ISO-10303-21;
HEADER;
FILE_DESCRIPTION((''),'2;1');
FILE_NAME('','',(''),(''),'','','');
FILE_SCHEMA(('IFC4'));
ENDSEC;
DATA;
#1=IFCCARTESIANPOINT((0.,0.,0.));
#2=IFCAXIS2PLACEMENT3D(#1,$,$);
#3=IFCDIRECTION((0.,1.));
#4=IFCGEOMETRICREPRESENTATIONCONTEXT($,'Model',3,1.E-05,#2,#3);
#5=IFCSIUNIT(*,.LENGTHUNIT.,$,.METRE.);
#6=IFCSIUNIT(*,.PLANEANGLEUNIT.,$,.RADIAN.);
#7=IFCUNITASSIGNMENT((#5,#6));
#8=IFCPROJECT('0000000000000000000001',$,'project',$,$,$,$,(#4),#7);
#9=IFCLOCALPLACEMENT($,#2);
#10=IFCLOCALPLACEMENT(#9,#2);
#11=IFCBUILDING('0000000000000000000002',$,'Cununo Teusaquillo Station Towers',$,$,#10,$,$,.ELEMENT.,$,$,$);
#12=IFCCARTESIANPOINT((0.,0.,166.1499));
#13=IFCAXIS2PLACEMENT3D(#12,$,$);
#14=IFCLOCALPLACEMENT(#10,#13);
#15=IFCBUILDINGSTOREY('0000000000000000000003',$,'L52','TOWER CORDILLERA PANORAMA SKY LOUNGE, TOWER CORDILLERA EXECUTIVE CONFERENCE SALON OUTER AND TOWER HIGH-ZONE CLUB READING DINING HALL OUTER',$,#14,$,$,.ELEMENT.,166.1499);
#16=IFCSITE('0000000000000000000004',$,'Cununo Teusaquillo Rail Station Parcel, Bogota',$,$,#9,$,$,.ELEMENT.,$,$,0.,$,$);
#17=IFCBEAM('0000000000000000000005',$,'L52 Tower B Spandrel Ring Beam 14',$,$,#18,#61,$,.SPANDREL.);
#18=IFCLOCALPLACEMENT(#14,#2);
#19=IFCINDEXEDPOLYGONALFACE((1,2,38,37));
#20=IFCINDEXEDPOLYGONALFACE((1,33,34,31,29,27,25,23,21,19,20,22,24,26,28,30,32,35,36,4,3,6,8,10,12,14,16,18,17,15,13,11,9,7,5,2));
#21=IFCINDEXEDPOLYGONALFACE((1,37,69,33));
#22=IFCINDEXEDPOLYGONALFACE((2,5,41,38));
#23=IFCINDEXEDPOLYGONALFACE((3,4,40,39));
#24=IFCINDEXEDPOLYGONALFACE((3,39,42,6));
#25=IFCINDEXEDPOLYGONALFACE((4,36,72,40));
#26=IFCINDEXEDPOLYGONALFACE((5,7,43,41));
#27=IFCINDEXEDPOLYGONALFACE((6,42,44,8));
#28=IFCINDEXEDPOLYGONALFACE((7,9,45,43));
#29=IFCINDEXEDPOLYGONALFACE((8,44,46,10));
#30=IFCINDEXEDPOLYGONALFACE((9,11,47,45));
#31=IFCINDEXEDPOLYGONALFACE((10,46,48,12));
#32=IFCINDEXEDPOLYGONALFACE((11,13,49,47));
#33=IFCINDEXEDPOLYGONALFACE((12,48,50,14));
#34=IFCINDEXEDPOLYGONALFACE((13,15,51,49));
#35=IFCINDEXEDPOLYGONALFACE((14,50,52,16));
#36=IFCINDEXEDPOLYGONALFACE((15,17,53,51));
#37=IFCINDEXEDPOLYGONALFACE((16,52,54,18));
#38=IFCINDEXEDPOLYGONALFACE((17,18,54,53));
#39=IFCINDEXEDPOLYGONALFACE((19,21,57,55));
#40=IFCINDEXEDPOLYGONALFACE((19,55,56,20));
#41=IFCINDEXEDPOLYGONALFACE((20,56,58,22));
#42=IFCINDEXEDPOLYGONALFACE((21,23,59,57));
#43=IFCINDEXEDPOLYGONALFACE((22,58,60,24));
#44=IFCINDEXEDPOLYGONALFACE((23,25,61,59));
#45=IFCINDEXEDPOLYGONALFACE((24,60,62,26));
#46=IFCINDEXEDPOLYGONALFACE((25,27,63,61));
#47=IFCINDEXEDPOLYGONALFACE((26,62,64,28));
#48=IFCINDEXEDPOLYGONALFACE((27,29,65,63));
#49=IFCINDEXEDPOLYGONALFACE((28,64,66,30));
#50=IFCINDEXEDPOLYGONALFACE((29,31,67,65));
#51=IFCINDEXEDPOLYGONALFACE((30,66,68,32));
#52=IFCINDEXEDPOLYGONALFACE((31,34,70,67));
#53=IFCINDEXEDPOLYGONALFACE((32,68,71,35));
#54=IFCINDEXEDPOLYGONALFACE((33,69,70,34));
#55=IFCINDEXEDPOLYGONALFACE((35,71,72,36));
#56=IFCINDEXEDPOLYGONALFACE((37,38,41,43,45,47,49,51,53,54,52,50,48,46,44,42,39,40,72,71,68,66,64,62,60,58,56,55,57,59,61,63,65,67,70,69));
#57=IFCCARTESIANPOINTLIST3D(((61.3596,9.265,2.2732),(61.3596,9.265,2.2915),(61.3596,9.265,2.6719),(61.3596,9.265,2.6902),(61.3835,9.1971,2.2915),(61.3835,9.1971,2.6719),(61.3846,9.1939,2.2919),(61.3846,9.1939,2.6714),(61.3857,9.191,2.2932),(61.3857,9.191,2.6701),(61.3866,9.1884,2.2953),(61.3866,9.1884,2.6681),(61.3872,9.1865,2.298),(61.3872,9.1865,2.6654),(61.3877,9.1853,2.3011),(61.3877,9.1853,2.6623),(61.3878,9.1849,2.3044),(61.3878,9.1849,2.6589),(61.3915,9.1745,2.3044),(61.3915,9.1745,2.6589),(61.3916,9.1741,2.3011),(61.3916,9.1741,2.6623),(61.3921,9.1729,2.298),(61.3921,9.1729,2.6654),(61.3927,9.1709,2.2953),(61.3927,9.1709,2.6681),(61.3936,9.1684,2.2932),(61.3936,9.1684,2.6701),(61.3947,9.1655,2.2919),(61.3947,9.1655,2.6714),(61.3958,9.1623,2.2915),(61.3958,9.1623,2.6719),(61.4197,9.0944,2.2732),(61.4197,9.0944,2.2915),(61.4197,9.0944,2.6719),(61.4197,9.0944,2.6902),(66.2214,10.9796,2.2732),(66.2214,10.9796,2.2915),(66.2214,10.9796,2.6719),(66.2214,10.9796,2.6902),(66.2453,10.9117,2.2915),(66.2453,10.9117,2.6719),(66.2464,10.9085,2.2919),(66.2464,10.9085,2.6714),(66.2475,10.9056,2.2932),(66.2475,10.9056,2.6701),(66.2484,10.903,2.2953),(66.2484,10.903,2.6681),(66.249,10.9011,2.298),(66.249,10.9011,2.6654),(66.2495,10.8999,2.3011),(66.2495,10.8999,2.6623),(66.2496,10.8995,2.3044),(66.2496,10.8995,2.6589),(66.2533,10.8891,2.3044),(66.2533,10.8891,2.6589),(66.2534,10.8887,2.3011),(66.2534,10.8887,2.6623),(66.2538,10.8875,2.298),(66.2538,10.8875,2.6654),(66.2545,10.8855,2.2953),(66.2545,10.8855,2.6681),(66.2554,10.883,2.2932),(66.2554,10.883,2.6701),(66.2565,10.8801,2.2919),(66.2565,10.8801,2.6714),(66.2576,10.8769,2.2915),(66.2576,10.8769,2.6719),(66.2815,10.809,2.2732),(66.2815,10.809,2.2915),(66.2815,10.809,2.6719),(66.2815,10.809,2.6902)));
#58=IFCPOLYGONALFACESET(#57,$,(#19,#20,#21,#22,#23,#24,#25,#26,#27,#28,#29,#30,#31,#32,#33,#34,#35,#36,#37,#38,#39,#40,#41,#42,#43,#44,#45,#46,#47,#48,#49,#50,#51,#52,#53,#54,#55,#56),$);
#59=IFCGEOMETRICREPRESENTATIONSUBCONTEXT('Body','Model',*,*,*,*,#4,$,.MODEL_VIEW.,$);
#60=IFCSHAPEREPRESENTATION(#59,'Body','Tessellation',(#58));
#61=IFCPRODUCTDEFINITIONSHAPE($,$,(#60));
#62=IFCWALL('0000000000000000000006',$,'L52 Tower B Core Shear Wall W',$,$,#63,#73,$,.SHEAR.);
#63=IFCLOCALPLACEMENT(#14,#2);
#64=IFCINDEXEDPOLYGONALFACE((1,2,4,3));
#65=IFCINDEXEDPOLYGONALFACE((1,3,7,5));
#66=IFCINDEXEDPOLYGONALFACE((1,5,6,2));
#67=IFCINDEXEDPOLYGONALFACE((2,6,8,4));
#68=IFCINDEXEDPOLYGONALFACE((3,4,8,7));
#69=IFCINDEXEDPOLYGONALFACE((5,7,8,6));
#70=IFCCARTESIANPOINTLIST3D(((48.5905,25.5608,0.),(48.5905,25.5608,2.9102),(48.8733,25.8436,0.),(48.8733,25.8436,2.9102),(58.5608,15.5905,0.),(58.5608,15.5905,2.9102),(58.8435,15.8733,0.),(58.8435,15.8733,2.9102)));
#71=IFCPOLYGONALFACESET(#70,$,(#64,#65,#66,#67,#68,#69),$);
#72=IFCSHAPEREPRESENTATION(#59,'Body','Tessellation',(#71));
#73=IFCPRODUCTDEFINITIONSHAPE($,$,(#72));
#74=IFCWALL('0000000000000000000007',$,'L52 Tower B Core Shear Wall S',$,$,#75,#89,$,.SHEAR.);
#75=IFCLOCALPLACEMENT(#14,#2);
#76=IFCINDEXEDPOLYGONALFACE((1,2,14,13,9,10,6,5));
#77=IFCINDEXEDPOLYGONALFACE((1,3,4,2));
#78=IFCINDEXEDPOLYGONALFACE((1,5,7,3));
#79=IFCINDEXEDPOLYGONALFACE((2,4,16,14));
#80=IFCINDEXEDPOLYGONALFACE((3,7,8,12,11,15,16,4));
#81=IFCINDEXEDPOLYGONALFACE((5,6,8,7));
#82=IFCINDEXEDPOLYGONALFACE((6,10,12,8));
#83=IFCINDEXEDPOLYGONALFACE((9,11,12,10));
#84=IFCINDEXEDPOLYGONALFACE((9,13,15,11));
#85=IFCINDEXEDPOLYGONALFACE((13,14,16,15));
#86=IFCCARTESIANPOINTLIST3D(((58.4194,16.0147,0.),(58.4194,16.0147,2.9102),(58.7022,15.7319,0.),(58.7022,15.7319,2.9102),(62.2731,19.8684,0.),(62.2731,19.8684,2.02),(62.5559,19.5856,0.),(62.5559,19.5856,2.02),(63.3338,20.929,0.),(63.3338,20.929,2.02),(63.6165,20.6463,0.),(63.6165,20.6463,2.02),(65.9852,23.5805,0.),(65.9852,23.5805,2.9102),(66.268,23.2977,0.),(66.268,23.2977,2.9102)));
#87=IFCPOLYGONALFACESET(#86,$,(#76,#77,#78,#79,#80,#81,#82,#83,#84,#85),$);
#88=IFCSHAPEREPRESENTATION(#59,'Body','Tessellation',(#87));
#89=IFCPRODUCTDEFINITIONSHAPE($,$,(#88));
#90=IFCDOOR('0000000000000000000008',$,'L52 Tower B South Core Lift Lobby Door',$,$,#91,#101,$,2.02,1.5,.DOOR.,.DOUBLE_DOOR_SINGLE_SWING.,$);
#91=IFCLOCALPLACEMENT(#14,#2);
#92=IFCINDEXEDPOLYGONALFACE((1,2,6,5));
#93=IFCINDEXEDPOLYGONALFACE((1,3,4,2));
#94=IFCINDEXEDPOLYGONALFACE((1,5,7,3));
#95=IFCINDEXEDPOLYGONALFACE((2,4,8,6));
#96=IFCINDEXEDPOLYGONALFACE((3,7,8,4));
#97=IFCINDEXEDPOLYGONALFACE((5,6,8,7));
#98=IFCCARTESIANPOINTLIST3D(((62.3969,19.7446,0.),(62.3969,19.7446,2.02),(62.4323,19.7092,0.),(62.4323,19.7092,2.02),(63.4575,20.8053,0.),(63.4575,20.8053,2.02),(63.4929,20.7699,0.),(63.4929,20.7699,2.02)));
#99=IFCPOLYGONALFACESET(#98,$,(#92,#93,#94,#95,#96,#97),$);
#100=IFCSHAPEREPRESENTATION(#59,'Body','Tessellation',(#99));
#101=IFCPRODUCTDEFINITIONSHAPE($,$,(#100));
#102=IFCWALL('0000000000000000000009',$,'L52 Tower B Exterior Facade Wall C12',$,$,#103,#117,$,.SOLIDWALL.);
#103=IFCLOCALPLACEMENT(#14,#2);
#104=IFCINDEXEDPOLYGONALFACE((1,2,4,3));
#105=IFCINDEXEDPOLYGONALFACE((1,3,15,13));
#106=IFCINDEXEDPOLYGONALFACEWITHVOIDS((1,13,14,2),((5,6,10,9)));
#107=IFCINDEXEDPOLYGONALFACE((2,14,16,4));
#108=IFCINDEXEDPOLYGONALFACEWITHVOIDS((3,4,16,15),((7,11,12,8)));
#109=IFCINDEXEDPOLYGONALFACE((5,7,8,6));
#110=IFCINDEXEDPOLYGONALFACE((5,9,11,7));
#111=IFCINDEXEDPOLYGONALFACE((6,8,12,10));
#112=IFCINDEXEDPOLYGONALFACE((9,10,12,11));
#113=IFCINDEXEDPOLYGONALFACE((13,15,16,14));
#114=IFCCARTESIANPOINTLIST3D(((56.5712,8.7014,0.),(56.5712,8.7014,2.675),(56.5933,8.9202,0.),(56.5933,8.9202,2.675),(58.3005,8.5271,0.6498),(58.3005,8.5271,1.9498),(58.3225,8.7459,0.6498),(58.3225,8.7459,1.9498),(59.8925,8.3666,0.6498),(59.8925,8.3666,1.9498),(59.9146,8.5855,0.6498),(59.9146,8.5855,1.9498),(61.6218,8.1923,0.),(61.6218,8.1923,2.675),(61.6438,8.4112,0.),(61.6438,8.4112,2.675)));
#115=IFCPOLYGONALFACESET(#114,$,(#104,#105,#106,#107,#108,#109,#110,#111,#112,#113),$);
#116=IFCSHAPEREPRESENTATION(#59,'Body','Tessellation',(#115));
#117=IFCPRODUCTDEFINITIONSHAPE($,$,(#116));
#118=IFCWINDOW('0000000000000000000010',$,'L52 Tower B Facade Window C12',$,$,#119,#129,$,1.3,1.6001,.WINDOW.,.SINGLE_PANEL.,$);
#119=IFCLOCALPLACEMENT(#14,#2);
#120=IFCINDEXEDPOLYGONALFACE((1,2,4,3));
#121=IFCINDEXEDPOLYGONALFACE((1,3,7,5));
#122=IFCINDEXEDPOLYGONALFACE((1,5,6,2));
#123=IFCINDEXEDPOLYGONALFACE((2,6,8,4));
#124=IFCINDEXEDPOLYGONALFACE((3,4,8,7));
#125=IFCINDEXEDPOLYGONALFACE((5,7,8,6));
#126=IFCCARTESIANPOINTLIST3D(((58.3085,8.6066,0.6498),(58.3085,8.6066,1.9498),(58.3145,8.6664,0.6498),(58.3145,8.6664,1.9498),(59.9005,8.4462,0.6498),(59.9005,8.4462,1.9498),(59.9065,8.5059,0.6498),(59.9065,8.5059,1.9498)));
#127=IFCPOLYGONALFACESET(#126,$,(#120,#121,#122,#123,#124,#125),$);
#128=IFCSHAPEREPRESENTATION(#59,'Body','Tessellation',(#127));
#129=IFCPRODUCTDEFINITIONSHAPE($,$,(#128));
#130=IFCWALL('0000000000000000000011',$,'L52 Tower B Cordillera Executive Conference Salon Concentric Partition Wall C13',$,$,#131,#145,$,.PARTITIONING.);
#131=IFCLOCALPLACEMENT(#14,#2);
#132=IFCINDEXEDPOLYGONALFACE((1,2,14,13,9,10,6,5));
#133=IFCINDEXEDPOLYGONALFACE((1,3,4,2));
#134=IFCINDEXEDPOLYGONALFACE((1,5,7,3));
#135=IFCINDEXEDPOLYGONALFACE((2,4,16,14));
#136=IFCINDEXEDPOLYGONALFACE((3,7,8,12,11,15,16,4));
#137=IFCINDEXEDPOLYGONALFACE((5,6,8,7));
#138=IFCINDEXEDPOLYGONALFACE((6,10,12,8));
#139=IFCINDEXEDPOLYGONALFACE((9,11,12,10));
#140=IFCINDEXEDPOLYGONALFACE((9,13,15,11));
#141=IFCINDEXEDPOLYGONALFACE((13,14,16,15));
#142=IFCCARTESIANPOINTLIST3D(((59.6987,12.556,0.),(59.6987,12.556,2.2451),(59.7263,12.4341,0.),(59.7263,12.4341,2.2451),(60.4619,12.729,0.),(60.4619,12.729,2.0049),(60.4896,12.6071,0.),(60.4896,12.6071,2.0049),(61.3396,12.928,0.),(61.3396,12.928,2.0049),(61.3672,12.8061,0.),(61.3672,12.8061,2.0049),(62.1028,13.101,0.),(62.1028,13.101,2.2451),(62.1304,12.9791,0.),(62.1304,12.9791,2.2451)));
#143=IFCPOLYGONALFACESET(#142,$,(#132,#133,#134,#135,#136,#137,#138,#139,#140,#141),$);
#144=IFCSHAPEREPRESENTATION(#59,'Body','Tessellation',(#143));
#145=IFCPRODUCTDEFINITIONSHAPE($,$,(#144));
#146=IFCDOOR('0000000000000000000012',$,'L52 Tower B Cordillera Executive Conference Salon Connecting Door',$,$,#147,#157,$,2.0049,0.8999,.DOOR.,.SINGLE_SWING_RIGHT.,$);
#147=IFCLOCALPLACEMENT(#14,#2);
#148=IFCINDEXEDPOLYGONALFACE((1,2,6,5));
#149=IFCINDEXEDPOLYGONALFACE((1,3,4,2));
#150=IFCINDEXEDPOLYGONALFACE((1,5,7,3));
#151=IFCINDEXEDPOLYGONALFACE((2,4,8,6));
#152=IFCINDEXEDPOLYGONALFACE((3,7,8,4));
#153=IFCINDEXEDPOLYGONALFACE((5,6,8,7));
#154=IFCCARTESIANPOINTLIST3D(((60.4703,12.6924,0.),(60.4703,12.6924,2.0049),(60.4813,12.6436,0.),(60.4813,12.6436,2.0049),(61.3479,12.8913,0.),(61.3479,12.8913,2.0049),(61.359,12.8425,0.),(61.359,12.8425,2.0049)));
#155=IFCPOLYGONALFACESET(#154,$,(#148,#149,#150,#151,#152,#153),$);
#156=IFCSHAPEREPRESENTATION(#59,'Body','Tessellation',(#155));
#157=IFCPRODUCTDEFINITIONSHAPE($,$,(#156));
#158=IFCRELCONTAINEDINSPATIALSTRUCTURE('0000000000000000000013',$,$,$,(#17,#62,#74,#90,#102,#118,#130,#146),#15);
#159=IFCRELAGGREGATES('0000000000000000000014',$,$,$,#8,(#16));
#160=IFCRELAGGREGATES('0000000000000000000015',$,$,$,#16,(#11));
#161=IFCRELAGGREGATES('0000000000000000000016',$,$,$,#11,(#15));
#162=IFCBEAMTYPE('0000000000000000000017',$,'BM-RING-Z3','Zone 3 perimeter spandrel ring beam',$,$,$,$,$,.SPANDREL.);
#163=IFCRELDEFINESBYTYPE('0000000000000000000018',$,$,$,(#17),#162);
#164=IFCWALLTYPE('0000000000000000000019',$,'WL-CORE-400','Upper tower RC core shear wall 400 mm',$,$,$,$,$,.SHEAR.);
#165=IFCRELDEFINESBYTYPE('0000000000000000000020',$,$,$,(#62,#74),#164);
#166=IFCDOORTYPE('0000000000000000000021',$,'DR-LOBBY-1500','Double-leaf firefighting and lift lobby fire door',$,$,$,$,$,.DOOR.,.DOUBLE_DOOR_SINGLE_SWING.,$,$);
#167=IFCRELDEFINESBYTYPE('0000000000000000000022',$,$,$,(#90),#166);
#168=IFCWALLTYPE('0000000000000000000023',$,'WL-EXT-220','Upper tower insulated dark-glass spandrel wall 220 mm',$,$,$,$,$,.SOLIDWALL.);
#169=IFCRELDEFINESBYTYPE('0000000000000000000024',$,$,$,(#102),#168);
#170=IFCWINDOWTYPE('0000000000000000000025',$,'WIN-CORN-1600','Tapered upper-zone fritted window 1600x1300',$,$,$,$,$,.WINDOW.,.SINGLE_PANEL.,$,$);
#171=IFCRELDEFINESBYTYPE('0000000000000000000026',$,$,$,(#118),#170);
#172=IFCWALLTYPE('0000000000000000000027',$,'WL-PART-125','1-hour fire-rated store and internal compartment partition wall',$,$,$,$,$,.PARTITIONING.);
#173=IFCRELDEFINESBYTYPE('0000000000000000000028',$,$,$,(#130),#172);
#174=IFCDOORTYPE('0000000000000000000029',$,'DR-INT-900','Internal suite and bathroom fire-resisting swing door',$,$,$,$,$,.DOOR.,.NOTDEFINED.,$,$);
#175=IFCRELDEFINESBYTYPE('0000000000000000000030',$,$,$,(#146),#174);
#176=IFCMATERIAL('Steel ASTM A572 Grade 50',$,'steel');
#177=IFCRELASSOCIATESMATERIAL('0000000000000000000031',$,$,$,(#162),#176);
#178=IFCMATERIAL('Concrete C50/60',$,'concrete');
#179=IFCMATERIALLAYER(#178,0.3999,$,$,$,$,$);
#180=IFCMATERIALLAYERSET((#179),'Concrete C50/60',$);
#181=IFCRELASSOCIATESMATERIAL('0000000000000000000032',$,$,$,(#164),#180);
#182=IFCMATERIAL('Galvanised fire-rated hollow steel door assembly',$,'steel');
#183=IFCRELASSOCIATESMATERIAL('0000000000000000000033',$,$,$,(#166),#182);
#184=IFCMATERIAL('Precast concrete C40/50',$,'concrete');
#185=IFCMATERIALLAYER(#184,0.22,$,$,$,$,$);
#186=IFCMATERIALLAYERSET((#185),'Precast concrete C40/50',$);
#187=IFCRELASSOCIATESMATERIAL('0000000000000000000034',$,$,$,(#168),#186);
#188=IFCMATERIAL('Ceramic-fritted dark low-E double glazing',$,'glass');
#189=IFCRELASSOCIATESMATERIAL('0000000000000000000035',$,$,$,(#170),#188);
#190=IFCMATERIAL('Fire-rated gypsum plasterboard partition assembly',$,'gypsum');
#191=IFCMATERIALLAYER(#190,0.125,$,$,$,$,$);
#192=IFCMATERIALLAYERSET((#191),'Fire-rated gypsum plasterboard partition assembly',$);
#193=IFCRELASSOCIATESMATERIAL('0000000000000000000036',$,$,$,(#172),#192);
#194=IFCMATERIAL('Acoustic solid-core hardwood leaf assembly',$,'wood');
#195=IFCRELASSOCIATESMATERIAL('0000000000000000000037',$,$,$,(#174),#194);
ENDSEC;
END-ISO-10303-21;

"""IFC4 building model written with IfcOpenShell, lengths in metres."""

from ifc_helpers import new_model, si_unit, direction, frame, frame_2d, origin, origin_2d, place, context, subcontext, project, spatial, rectangle, i_section, extrude, source, transform, mapped, material, layer, layer_set, material_profile, profile_set, type_object, element, fill, save


model = new_model("IFC4")

# Units and contexts
model_context = context("Model", 3, precision=1e-05, world=origin(), true_north=direction((0.0, 1.0)))
body_context = subcontext(model_context, "Body", "Model", "MODEL_VIEW")
ifc_project = project(units=[si_unit("LENGTHUNIT", "METRE"), si_unit("PLANEANGLEUNIT", "RADIAN")], contexts=[model_context])

# Site, building, storey
site_placement = place(None, origin())
site = spatial("IfcSite", under=ifc_project, at=site_placement, Name="Cununo Teusaquillo Rail Station Parcel, Bogota", CompositionType="ELEMENT", RefElevation=0.0)
building_placement = place(site_placement, origin())
building = spatial("IfcBuilding", under=site, at=building_placement, Name="Cununo Teusaquillo Station Towers", CompositionType="ELEMENT")
storey_placement = place(building_placement, frame((0.0, 0.0, 166.1499)))
storey = spatial("IfcBuildingStorey", under=building, at=storey_placement, Name="L52", Description="TOWER CORDILLERA PANORAMA SKY LOUNGE, TOWER CORDILLERA EXECUTIVE CONFERENCE SALON OUTER AND TOWER HIGH-ZONE CLUB READING DINING HALL OUTER", CompositionType="ELEMENT", Elevation=166.1499)

# Beam
ifc_material_1 = material(Name="Steel ASTM A572 Grade 50", Category="steel")
ifc_material_profile_1 = material_profile(ifc_material_1, i_section(OverallWidth=0.1809, OverallDepth=0.417, WebThickness=0.011, FlangeThickness=0.0183, FilletRadius=0.0129, at=origin_2d()), Name="W16X57")
ifc_profile_set_1 = profile_set([ifc_material_profile_1], Name="Steel ASTM A572 Grade 50")
beam_type_1 = type_object("IfcBeamType", Name="BM-RING-Z3", Description="Zone 3 perimeter spandrel ring beam", PredefinedType="SPANDREL", material=ifc_profile_set_1)
beam_1_placement = place(storey_placement, frame((61.3896, 9.1797, 2.4817), z_axis=(0.943072, 0.33259, 0.0), x_axis=(-0.33259, 0.943072, 0.0)))
element("IfcBeam", 1, at=beam_1_placement, inside=storey, type_object=beam_type_1, Name="L52 Tower B Spandrel Ring Beam 14", PredefinedType="SPANDREL", context=body_context, shape_type="SweptSolid", body=[
    extrude(i_section(OverallWidth=0.1809, OverallDepth=0.417, WebThickness=0.011, FlangeThickness=0.0183, FilletRadius=0.0129, at=origin_2d()), origin(), (0.0, 0.0, 1.0), 5.1553),
])

# Wall
ifc_material_2 = material(Name="Concrete C50/60", Category="concrete")
ifc_layer_1 = layer(ifc_material_2, 0.3999)
ifc_layer_set_1 = layer_set([ifc_layer_1], Name="Concrete C50/60")
wall_type_1 = type_object("IfcWallType", Name="WL-CORE-400", Description="Upper tower RC core shear wall 400 mm", PredefinedType="SHEAR", material=ifc_layer_set_1)
wall_1_placement = place(storey_placement, frame((58.7021, 15.7319, 0.0), z_axis=(0.0, 0.0, 1.0), x_axis=(-0.707107, 0.707107, 0.0)))
element("IfcWall", 2, at=wall_1_placement, inside=storey, type_object=wall_type_1, Name="L52 Tower B Core Shear Wall W", PredefinedType="SHEAR", context=body_context, shape_type="SweptSolid", body=[
    extrude(rectangle(XDim=14.1001, YDim=0.3999, at=frame_2d((7.05, 0.0))), origin(), (0.0, 0.0, 1.0), 2.9102),
])

# Wall, opening, door
wall_2_placement = place(storey_placement, frame((58.5608, 15.8733, 0.0), z_axis=(0.0, 0.0, 1.0), x_axis=(0.707107, 0.707107, 0.0)))
wall_2 = element("IfcWall", 3, at=wall_2_placement, inside=storey, type_object=wall_type_1, Name="L52 Tower B Core Shear Wall S", PredefinedType="SHEAR", context=body_context, shape_type="SweptSolid", body=[
    extrude(rectangle(XDim=10.6997, YDim=0.3999, at=frame_2d((5.3499, 0.0))), origin(), (0.0, 0.0, 1.0), 2.9102),
])
shared_shape_1 = source(origin(), body_context, "Body", "SweptSolid", [
    extrude(rectangle(XDim=1.5, YDim=2.02, at=frame_2d((0.75, 1.01))), frame((0.0, 0.21, 0.0), z_axis=(0.0, -1.0, 0.0), x_axis=(1.0, 0.0, 0.0)), (0.0, 0.0, 1.0), 0.4199),
])
opening_1_placement = place(wall_2_placement, frame((5.45, 0.0, 0.0)))
opening_1 = element("IfcOpeningElement", 4, at=opening_1_placement, cuts=wall_2, PredefinedType="OPENING", context=body_context, shape_type="MappedRepresentation", body=[
    mapped(shared_shape_1, transform((0.0, 0.0, 0.0), x_axis=(1.0, 0.0, 0.0), y_axis=(0.0, 1.0, 0.0), z_axis=(0.0, 0.0, 1.0), scale=1.0)),
])
ifc_material_3 = material(Name="Galvanised fire-rated hollow steel door assembly", Category="steel")
door_type_1 = type_object("IfcDoorType", Name="DR-LOBBY-1500", Description="Double-leaf firefighting and lift lobby fire door", OperationType="DOUBLE_DOOR_SINGLE_SWING", PredefinedType="DOOR", material=ifc_material_3)
shared_shape_2 = source(origin(), body_context, "Body", "SweptSolid", [
    extrude(rectangle(XDim=1.5, YDim=2.02, at=frame_2d((0.75, 1.01))), frame((0.0, 0.0249, 0.0), z_axis=(0.0, -1.0, 0.0), x_axis=(1.0, 0.0, 0.0)), (0.0, 0.0, 1.0), 0.05),
])
door_1_placement = place(opening_1_placement, origin())
door_1 = element("IfcDoor", 5, at=door_1_placement, inside=storey, type_object=door_type_1, Name="L52 Tower B South Core Lift Lobby Door", OperationType="DOUBLE_DOOR_SINGLE_SWING", OverallHeight=2.02, OverallWidth=1.5, PredefinedType="DOOR", context=body_context, shape_type="MappedRepresentation", body=[
    mapped(shared_shape_2, transform((0.0, 0.0, 0.0), x_axis=(1.0, 0.0, 0.0), y_axis=(0.0, 1.0, 0.0), z_axis=(0.0, 0.0, 1.0), scale=1.0)),
])
fill(opening_1, door_1)

# Wall, opening, window
ifc_material_4 = material(Name="Precast concrete C40/50", Category="concrete")
ifc_layer_2 = layer(ifc_material_4, 0.22)
ifc_layer_set_2 = layer_set([ifc_layer_2], Name="Precast concrete C40/50")
wall_type_2 = type_object("IfcWallType", Name="WL-EXT-220", Description="Upper tower insulated dark-glass spandrel wall 220 mm", PredefinedType="SOLIDWALL", material=ifc_layer_set_2)
wall_3_placement = place(storey_placement, frame((61.6328, 8.3018, 0.0), z_axis=(0.0, 0.0, 1.0), x_axis=(-0.994959, 0.10028, 0.0)))
wall_3 = element("IfcWall", 6, at=wall_3_placement, inside=storey, type_object=wall_type_2, Name="L52 Tower B Exterior Facade Wall C12", PredefinedType="SOLIDWALL", context=body_context, shape_type="SweptSolid", body=[
    extrude(rectangle(XDim=5.0762, YDim=0.22, at=frame_2d((2.5381, 0.0))), origin(), (0.0, 0.0, 1.0), 2.675),
])
shared_shape_3 = source(origin(), body_context, "Body", "SweptSolid", [
    extrude(rectangle(XDim=1.6001, YDim=1.3, at=frame_2d((0.8, 0.6499))), frame((0.0, 0.1199, 0.0), z_axis=(0.0, -1.0, 0.0), x_axis=(1.0, 0.0, 0.0)), (0.0, 0.0, 1.0), 0.24),
])
opening_2_placement = place(wall_3_placement, frame((1.738, 0.0, 0.6499)))
opening_2 = element("IfcOpeningElement", 7, at=opening_2_placement, cuts=wall_3, PredefinedType="OPENING", context=body_context, shape_type="MappedRepresentation", body=[
    mapped(shared_shape_3, transform((0.0, 0.0, 0.0), x_axis=(1.0, 0.0, 0.0), y_axis=(0.0, 1.0, 0.0), z_axis=(0.0, 0.0, 1.0), scale=1.0)),
])
ifc_material_5 = material(Name="Ceramic-fritted dark low-E double glazing", Category="glass")
window_type = type_object("IfcWindowType", Name="WIN-CORN-1600", Description="Tapered upper-zone fritted window 1600x1300", PartitioningType="SINGLE_PANEL", PredefinedType="WINDOW", material=ifc_material_5)
shared_shape_4 = source(origin(), body_context, "Body", "SweptSolid", [
    extrude(rectangle(XDim=1.6001, YDim=1.3, at=frame_2d((0.8, 0.6499))), frame((0.0, 0.03, 0.0), z_axis=(0.0, -1.0, 0.0), x_axis=(1.0, 0.0, 0.0)), (0.0, 0.0, 1.0), 0.0601),
])
window_placement = place(opening_2_placement, origin())
window = element("IfcWindow", 8, at=window_placement, inside=storey, type_object=window_type, Name="L52 Tower B Facade Window C12", OverallHeight=1.3, OverallWidth=1.6001, PartitioningType="SINGLE_PANEL", PredefinedType="WINDOW", context=body_context, shape_type="MappedRepresentation", body=[
    mapped(shared_shape_4, transform((0.0, 0.0, 0.0), x_axis=(1.0, 0.0, 0.0), y_axis=(0.0, 1.0, 0.0), z_axis=(0.0, 0.0, 1.0), scale=1.0)),
])
fill(opening_2, window)

# Wall, opening, door
ifc_material_6 = material(Name="Fire-rated gypsum plasterboard partition assembly", Category="gypsum")
ifc_layer_3 = layer(ifc_material_6, 0.125)
ifc_layer_set_3 = layer_set([ifc_layer_3], Name="Fire-rated gypsum plasterboard partition assembly")
wall_type_3 = type_object("IfcWallType", Name="WL-PART-125", Description="1-hour fire-rated store and internal compartment partition wall", PredefinedType="PARTITIONING", material=ifc_layer_set_3)
wall_4_placement = place(storey_placement, frame((59.7126, 12.4951, 0.0), z_axis=(0.0, 0.0, 1.0), x_axis=(0.97526, 0.22106, 0.0)))
wall_4 = element("IfcWall", 9, at=wall_4_placement, inside=storey, type_object=wall_type_3, Name="L52 Tower B Cordillera Executive Conference Salon Concentric Partition Wall C13", PredefinedType="PARTITIONING", context=body_context, shape_type="SweptSolid", body=[
    extrude(rectangle(XDim=2.4651, YDim=0.125, at=frame_2d((1.2324, 0.0))), origin(), (0.0, 0.0, 1.0), 2.2451),
])
shared_shape_5 = source(origin(), body_context, "Body", "SweptSolid", [
    extrude(rectangle(XDim=0.8999, YDim=2.0049, at=frame_2d((0.45, 1.0024))), frame((0.0, 0.0725, 0.0), z_axis=(0.0, -1.0, 0.0), x_axis=(1.0, 0.0, 0.0)), (0.0, 0.0, 1.0), 0.145),
])
opening_3_placement = place(wall_4_placement, frame((0.7825, 0.0, 0.0)))
opening_3 = element("IfcOpeningElement", 10, at=opening_3_placement, cuts=wall_4, PredefinedType="OPENING", context=body_context, shape_type="MappedRepresentation", body=[
    mapped(shared_shape_5, transform((0.0, 0.0, 0.0), x_axis=(1.0, 0.0, 0.0), y_axis=(0.0, 1.0, 0.0), z_axis=(0.0, 0.0, 1.0), scale=1.0)),
])
ifc_material_7 = material(Name="Acoustic solid-core hardwood leaf assembly", Category="wood")
door_type_2 = type_object("IfcDoorType", Name="DR-INT-900", Description="Internal suite and bathroom fire-resisting swing door", OperationType="NOTDEFINED", PredefinedType="DOOR", material=ifc_material_7)
shared_shape_6 = source(origin(), body_context, "Body", "SweptSolid", [
    extrude(rectangle(XDim=0.8999, YDim=2.0049, at=frame_2d((0.45, 1.0024))), frame((0.0, 0.0249, 0.0), z_axis=(0.0, -1.0, 0.0), x_axis=(1.0, 0.0, 0.0)), (0.0, 0.0, 1.0), 0.05),
])
door_2_placement = place(opening_3_placement, origin())
door_2 = element("IfcDoor", 11, at=door_2_placement, inside=storey, type_object=door_type_2, Name="L52 Tower B Cordillera Executive Conference Salon Connecting Door", OperationType="SINGLE_SWING_RIGHT", OverallHeight=2.0049, OverallWidth=0.8999, PredefinedType="DOOR", context=body_context, shape_type="MappedRepresentation", body=[
    mapped(shared_shape_6, transform((0.0, 0.0, 0.0), x_axis=(1.0, 0.0, 0.0), y_axis=(0.0, 1.0, 0.0), z_axis=(0.0, 0.0, 1.0), scale=1.0)),
])
fill(opening_3, door_2)

save(model, "model.ifc")
